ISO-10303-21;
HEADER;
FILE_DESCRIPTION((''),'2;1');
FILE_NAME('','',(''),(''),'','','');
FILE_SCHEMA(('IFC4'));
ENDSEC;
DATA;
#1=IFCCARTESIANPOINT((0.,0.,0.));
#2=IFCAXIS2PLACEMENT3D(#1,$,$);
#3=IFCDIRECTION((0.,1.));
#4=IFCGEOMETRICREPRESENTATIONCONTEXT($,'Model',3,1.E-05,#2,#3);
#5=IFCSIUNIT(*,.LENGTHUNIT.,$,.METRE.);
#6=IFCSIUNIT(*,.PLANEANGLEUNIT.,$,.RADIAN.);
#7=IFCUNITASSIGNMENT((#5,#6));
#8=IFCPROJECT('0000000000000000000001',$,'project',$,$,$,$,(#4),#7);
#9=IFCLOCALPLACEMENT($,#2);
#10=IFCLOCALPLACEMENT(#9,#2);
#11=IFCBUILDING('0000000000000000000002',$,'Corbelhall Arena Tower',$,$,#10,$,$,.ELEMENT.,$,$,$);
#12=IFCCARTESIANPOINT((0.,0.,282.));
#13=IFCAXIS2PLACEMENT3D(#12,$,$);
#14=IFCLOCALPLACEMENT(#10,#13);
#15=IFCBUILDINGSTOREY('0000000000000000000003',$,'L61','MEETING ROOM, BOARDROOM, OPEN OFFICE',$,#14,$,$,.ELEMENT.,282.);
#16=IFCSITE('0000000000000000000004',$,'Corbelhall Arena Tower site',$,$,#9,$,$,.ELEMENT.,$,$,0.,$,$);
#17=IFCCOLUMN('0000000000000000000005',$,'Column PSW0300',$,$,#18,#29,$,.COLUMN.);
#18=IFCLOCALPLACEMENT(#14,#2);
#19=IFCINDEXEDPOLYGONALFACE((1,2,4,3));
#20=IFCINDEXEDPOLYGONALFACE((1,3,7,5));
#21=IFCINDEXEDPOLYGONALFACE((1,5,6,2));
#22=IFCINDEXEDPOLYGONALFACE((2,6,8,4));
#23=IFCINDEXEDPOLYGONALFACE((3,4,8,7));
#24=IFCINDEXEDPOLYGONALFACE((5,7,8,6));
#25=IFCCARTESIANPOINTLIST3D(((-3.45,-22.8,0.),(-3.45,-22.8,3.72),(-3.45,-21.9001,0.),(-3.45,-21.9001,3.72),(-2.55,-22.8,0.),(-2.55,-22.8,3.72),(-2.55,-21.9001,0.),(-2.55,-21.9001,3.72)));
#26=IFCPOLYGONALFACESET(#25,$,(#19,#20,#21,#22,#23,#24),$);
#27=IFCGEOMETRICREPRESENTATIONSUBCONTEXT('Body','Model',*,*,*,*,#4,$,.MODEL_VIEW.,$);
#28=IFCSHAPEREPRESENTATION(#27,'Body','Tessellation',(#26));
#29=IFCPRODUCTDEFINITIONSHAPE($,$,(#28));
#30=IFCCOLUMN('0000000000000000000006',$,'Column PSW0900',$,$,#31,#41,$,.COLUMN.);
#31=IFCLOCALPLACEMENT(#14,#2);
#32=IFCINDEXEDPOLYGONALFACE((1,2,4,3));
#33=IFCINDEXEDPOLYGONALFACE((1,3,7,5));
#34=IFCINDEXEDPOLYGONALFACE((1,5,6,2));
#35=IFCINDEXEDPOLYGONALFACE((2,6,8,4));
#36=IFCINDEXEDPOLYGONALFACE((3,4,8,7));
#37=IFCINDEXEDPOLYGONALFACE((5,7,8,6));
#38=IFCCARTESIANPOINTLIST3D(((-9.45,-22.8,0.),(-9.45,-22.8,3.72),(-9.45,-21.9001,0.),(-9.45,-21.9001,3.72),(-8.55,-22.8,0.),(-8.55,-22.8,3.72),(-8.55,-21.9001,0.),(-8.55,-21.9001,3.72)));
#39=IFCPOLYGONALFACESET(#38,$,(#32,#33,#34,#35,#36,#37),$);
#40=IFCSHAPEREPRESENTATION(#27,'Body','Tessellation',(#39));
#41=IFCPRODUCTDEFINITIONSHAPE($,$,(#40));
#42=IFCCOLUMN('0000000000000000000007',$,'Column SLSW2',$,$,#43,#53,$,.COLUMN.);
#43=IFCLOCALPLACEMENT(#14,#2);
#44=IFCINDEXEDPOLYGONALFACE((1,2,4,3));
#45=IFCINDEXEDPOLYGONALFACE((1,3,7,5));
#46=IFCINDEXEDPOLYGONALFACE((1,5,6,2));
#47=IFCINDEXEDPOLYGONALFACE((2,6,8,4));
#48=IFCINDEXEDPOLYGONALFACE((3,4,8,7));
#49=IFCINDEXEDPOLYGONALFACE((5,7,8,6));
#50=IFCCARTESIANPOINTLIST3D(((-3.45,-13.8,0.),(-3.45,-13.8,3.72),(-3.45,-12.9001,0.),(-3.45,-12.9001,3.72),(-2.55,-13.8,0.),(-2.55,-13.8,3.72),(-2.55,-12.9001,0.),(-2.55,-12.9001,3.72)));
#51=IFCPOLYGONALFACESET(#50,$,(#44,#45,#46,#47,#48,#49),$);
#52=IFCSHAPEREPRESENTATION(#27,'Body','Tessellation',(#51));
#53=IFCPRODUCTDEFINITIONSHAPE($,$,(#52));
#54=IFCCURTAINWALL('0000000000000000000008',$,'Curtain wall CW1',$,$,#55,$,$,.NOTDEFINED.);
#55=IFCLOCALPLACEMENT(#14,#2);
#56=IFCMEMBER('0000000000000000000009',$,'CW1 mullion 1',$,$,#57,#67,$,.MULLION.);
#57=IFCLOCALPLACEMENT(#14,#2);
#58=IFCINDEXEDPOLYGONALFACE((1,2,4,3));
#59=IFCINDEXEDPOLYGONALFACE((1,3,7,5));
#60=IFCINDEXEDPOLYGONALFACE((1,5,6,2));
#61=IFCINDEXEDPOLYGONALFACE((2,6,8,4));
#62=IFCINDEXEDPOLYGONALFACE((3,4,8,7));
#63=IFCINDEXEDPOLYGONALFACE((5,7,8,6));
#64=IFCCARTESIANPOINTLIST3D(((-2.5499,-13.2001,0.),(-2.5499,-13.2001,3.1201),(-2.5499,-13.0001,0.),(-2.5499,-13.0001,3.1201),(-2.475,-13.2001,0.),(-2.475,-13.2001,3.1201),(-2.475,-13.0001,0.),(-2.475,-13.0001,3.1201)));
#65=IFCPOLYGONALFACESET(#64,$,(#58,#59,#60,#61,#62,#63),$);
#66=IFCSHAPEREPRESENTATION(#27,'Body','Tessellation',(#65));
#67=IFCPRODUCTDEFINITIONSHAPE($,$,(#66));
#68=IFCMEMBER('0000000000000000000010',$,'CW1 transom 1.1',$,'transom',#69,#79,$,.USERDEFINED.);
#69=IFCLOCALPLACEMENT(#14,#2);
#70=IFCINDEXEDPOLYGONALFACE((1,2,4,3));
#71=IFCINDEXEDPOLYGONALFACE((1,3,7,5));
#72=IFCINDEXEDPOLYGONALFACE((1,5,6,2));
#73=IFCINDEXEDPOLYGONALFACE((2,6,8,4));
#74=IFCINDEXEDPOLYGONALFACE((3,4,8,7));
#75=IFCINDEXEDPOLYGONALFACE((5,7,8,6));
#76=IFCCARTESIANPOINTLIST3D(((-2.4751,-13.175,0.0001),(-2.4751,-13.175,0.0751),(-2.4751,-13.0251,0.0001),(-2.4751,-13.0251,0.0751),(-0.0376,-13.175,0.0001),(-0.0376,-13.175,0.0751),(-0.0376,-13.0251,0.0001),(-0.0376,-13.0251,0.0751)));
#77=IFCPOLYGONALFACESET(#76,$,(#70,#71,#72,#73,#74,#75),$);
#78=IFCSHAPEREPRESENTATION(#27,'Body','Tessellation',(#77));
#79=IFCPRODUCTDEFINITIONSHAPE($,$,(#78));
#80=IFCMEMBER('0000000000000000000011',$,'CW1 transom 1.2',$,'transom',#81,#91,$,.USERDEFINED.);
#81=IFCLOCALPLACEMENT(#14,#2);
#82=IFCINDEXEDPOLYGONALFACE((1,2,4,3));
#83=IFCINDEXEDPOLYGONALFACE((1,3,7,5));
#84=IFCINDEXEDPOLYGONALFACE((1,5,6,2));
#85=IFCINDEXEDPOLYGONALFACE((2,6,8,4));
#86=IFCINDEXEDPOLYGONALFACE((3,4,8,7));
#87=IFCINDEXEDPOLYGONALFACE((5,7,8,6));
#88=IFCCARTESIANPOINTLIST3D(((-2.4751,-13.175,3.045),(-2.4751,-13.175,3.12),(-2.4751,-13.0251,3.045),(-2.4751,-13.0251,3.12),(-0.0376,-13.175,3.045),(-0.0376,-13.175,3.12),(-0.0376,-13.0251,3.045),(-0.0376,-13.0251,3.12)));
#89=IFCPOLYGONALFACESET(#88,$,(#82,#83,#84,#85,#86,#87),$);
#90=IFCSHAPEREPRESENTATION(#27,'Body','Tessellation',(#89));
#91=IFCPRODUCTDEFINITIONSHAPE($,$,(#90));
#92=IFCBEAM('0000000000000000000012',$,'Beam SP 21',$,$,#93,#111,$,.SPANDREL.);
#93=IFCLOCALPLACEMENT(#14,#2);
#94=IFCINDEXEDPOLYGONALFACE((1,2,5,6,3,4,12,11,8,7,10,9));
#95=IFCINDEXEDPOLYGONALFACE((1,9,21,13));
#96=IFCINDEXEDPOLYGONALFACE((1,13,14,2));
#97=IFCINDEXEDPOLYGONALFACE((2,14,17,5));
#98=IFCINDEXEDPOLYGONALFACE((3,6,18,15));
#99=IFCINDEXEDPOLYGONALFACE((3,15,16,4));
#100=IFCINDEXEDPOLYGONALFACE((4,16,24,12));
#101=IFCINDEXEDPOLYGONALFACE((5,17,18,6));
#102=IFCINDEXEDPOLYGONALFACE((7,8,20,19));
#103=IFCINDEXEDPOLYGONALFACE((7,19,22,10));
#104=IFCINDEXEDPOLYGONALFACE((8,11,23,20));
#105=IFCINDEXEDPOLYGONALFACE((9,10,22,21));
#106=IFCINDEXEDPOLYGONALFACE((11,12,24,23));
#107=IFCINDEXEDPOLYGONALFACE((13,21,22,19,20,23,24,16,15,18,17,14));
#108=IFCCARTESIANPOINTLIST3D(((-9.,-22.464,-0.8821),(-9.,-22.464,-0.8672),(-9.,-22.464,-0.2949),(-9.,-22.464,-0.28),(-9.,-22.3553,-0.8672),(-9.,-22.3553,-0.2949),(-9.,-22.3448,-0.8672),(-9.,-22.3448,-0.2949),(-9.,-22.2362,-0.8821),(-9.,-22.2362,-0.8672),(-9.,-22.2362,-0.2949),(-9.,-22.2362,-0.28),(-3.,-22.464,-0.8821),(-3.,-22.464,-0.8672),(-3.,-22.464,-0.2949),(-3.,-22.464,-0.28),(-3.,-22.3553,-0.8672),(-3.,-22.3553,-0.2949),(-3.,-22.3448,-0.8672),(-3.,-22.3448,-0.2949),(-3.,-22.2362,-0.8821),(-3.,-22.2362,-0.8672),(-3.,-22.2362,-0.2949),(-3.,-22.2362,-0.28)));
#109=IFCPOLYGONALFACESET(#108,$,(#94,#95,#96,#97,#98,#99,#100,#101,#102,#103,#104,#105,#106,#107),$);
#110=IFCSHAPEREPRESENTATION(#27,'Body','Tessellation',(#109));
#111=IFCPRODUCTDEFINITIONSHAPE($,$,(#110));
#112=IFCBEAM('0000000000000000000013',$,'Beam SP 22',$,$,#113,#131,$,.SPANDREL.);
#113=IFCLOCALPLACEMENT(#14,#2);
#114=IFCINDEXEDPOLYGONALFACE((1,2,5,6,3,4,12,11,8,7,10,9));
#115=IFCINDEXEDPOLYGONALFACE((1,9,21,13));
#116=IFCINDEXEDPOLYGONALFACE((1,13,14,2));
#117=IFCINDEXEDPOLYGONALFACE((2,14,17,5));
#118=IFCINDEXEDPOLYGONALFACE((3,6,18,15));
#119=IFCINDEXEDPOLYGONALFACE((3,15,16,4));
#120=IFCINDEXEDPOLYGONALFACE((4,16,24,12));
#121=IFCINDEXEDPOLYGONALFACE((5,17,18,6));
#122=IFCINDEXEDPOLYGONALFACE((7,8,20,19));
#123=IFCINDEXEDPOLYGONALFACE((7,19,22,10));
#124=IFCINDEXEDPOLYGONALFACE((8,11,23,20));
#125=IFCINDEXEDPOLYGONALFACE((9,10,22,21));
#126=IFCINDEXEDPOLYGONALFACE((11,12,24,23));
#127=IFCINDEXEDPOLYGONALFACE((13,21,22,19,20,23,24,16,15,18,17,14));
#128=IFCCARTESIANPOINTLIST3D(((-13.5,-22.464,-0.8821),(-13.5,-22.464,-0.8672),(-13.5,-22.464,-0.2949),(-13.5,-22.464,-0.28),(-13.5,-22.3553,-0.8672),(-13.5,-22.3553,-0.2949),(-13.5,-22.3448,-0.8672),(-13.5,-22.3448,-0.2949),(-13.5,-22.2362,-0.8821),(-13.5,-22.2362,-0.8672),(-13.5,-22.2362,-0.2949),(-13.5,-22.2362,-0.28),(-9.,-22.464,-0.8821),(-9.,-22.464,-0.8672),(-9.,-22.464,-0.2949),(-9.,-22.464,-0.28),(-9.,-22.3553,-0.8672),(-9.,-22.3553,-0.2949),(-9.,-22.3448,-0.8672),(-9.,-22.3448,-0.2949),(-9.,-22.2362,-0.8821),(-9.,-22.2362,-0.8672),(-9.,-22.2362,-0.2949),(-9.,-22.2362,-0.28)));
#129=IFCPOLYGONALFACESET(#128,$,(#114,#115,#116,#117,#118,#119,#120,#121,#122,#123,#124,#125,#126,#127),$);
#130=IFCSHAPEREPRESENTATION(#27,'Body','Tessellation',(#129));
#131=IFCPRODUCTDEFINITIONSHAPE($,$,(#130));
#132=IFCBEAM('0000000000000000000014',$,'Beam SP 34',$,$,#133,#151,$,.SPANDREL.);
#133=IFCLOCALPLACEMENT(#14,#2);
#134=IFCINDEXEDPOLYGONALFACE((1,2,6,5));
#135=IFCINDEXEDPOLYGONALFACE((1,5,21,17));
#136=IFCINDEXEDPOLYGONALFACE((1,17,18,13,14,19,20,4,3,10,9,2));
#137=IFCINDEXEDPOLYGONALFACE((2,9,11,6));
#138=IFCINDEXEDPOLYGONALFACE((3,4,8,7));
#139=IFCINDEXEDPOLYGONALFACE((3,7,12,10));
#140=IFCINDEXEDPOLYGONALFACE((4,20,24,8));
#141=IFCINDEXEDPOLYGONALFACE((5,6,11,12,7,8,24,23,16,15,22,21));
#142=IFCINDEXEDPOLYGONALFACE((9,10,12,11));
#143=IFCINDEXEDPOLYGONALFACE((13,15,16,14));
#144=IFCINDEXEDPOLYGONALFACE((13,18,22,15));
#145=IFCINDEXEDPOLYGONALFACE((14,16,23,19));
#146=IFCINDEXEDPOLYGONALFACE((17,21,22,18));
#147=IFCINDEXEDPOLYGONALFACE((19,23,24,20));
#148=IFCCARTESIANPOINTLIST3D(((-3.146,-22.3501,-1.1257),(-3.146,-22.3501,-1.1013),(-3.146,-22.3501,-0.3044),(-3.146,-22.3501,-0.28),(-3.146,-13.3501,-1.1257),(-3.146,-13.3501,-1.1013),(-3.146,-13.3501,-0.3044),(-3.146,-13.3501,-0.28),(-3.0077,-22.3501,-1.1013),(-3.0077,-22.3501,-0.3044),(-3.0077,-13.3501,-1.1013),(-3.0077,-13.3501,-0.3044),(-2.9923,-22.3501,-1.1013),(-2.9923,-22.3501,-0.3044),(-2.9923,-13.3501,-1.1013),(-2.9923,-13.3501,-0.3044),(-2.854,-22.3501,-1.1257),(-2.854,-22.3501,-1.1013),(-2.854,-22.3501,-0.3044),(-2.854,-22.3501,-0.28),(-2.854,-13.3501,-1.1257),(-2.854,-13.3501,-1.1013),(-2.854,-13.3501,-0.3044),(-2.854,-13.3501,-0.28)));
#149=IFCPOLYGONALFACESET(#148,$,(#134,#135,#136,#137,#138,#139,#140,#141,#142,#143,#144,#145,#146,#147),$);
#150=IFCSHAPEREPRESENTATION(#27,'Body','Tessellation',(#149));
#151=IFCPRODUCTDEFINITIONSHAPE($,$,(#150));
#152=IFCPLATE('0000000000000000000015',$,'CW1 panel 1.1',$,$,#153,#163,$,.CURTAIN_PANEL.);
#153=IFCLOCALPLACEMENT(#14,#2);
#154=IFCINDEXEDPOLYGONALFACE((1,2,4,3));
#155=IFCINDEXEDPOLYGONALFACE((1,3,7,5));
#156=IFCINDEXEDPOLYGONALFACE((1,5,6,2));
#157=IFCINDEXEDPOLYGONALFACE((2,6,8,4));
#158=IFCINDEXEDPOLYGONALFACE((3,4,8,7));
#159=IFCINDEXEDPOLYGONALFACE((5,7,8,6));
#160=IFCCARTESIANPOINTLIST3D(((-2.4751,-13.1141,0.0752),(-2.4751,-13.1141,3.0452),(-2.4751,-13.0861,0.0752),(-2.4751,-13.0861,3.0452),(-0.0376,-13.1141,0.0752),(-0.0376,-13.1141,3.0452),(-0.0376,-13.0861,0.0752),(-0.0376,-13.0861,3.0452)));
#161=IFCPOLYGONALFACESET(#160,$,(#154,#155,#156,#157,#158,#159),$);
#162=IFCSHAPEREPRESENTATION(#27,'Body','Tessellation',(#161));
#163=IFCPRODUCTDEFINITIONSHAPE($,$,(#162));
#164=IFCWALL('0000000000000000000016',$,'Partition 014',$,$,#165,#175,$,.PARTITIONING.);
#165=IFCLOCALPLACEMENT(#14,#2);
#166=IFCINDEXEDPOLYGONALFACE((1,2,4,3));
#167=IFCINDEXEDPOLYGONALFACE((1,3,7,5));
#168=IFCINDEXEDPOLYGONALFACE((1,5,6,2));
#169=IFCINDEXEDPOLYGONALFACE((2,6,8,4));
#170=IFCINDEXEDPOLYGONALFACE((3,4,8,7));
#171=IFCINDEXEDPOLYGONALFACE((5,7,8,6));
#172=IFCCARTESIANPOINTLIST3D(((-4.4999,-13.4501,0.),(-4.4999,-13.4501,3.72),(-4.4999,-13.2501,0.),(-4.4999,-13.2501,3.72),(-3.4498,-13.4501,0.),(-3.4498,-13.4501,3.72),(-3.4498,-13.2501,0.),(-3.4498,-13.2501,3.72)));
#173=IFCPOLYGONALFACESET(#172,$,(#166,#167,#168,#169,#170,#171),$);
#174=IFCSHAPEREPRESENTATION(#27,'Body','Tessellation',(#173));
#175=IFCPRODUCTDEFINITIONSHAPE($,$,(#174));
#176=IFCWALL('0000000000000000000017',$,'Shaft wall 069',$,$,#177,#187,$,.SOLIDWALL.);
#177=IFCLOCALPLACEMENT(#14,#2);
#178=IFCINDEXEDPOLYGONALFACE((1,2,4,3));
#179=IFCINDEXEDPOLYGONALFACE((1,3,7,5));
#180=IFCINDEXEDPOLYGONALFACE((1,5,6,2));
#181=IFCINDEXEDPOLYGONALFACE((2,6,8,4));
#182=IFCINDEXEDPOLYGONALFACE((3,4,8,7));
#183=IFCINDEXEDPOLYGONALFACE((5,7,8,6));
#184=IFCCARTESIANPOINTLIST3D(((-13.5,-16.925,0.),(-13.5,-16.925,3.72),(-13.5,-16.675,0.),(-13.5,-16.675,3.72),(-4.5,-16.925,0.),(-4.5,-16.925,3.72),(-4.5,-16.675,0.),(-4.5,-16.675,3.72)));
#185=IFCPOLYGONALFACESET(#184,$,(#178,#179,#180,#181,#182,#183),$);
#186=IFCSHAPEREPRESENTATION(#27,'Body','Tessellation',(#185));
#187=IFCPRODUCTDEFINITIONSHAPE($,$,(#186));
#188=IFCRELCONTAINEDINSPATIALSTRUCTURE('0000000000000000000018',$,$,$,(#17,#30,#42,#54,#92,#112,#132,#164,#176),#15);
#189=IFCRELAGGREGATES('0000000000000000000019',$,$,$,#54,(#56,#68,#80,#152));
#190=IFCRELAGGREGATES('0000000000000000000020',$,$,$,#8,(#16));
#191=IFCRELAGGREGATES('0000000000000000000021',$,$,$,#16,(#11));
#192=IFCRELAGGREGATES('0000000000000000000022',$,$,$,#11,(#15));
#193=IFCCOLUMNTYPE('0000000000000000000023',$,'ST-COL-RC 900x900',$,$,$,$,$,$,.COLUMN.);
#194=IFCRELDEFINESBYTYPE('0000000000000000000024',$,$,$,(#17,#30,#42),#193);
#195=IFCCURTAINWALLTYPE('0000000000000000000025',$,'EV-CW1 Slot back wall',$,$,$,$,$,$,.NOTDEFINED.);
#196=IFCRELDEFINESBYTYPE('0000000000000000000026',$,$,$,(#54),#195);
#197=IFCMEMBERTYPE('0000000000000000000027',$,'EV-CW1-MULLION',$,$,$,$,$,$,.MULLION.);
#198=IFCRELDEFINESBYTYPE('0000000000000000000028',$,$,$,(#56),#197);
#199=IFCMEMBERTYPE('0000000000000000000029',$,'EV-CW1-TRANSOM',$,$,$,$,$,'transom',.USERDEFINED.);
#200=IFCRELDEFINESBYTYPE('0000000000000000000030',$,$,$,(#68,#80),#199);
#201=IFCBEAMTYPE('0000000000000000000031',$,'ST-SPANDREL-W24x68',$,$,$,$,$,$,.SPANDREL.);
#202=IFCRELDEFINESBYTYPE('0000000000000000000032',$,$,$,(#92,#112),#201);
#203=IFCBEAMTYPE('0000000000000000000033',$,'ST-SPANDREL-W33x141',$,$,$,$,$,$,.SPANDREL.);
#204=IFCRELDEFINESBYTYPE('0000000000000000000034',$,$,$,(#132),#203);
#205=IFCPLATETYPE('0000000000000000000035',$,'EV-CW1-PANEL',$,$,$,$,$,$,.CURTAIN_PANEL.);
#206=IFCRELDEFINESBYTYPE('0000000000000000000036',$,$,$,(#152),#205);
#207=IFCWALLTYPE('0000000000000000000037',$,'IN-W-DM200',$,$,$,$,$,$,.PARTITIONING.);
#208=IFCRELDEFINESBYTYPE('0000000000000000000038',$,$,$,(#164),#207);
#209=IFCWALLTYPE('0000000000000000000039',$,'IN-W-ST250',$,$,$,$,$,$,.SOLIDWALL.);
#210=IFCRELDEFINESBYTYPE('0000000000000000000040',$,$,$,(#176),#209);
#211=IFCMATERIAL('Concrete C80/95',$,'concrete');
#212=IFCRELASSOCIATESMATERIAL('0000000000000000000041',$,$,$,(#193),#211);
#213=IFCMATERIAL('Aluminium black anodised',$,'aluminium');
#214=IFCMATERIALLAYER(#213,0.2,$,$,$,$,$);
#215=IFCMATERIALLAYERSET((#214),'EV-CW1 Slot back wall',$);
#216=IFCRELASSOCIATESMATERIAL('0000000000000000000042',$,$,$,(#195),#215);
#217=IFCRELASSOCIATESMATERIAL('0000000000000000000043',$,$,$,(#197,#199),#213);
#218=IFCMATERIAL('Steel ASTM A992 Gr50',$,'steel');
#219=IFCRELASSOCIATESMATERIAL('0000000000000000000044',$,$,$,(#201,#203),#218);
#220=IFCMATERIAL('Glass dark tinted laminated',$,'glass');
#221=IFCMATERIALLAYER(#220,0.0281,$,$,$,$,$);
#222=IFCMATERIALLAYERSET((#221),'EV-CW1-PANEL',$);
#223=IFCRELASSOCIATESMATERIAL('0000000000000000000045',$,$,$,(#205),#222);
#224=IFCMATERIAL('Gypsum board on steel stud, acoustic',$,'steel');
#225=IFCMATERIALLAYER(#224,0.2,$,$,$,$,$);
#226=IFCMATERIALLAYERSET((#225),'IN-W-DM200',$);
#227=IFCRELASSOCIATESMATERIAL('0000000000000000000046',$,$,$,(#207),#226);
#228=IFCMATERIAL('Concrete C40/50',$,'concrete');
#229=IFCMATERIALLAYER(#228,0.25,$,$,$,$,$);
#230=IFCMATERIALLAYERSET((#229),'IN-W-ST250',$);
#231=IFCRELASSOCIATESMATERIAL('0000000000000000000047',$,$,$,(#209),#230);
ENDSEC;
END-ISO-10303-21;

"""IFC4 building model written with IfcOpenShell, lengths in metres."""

from ifc_helpers import new_model, si_unit, direction, frame, frame_2d, origin, origin_2d, place, context, subcontext, project, spatial, rectangle, i_section, extrude, material, layer, layer_set, material_profile, profile_set, type_object, element, aggregate, save


model = new_model("IFC4")

# Units and contexts
model_context = context("Model", 3, precision=1e-05, world=origin(), true_north=direction((0.0, 1.0)))
body_context = subcontext(model_context, "Body", "Model", "MODEL_VIEW")
ifc_project = project(units=[si_unit("LENGTHUNIT", "METRE"), si_unit("PLANEANGLEUNIT", "RADIAN")], contexts=[model_context])

# Site, building, storey
site_placement = place(None, origin())
site = spatial("IfcSite", under=ifc_project, at=site_placement, Name="Corbelhall Arena Tower site", CompositionType="ELEMENT", RefElevation=0.0)
building_placement = place(site_placement, origin())
building = spatial("IfcBuilding", under=site, at=building_placement, Name="Corbelhall Arena Tower", CompositionType="ELEMENT")
storey_placement = place(building_placement, frame((0.0, 0.0, 282.0)))
storey = spatial("IfcBuildingStorey", under=building, at=storey_placement, Name="L61", Description="MEETING ROOM, BOARDROOM, OPEN OFFICE", CompositionType="ELEMENT", Elevation=282.0)

# Columns
ifc_material_1 = material(Name="Concrete C80/95", Category="concrete")
ifc_material_profile_1 = material_profile(ifc_material_1, rectangle(XDim=0.8999, YDim=0.8999, at=origin_2d()))
ifc_profile_set_1 = profile_set([ifc_material_profile_1], Name="Concrete C80/95")
column_type = type_object("IfcColumnType", Name="ST-COL-RC 900x900", PredefinedType="COLUMN", material=ifc_profile_set_1)
for number, where, z_axis, x_axis, name in (
    (1, (-3.0, -22.3501, 0.0), (0.0, 0.0, 1.0), (1.0, 0.0, 0.0), "Column PSW0300"),
    (2, (-9.0, -22.3501, 0.0), (0.0, 0.0, 1.0), (1.0, 0.0, 0.0), "Column PSW0900"),
    (3, (-3.0, -13.3501, 0.0), (0.0, 0.0, 1.0), (1.0, 0.0, 0.0), "Column SLSW2"),
):
    element("IfcColumn", number, at=place(storey_placement, frame(where, z_axis=z_axis, x_axis=x_axis)), inside=storey, type_object=column_type, Name=name, PredefinedType="COLUMN", context=body_context, shape_type="SweptSolid", body=[
        extrude(rectangle(XDim=0.8999, YDim=0.8999, at=origin_2d()), origin(), (0.0, 0.0, 1.0), 3.72),
    ])

# Curtain wall, members
ifc_material_2 = material(Name="Aluminium black anodised", Category="aluminium")
ifc_layer_1 = layer(ifc_material_2, 0.2)
ifc_layer_set_1 = layer_set([ifc_layer_1], Name="EV-CW1 Slot back wall")
curtain_wall_type = type_object("IfcCurtainWallType", Name="EV-CW1 Slot back wall", PredefinedType="NOTDEFINED", material=ifc_layer_set_1)
curtain_wall_placement = place(storey_placement, origin())
curtain_wall = element("IfcCurtainWall", 4, at=curtain_wall_placement, inside=storey, type_object=curtain_wall_type, Name="Curtain wall CW1", PredefinedType="NOTDEFINED")
ifc_material_profile_2 = material_profile(ifc_material_2, rectangle(XDim=0.2, YDim=0.075, at=origin_2d()))
ifc_profile_set_2 = profile_set([ifc_material_profile_2], Name="Aluminium black anodised")
member_type_1 = type_object("IfcMemberType", Name="EV-CW1-MULLION", PredefinedType="MULLION", material=ifc_profile_set_2)
member_1_placement = place(storey_placement, frame((-2.5125, -13.1001, 0.0), z_axis=(0.0, 0.0, 1.0), x_axis=(0.0, 1.0, 0.0)))
member_1 = element("IfcMember", 5, at=member_1_placement, type_object=member_type_1, Name="CW1 mullion 1", PredefinedType="MULLION", context=body_context, shape_type="SweptSolid", body=[
    extrude(rectangle(XDim=0.2, YDim=0.075, at=origin_2d()), origin(), (0.0, 0.0, 1.0), 3.1201),
])
ifc_material_profile_3 = material_profile(ifc_material_2, rectangle(XDim=0.1499, YDim=0.075, at=origin_2d()))
ifc_profile_set_3 = profile_set([ifc_material_profile_3], Name="Aluminium black anodised")
member_type_2 = type_object("IfcMemberType", Name="EV-CW1-TRANSOM", ElementType="transom", PredefinedType="USERDEFINED", material=ifc_profile_set_3)
member_2_placement = place(storey_placement, frame((-2.4751, -13.1001, 0.0376), z_axis=(1.0, 0.0, 0.0), x_axis=(0.0, 1.0, 0.0)))
member_2 = element("IfcMember", 6, at=member_2_placement, type_object=member_type_2, Name="CW1 transom 1.1", ObjectType="transom", PredefinedType="USERDEFINED", context=body_context, shape_type="SweptSolid", body=[
    extrude(rectangle(XDim=0.1499, YDim=0.075, at=origin_2d()), origin(), (0.0, 0.0, 1.0), 2.4375),
])
member_3_placement = place(storey_placement, frame((-2.4751, -13.1001, 3.0825), z_axis=(1.0, 0.0, 0.0), x_axis=(0.0, 1.0, 0.0)))
member_3 = element("IfcMember", 7, at=member_3_placement, type_object=member_type_2, Name="CW1 transom 1.2", ObjectType="transom", PredefinedType="USERDEFINED", context=body_context, shape_type="SweptSolid", body=[
    extrude(rectangle(XDim=0.1499, YDim=0.075, at=origin_2d()), origin(), (0.0, 0.0, 1.0), 2.4375),
])

# Beams
ifc_material_3 = material(Name="Steel ASTM A992 Gr50", Category="steel")
ifc_material_profile_4 = material_profile(ifc_material_3, i_section(OverallWidth=0.2278, OverallDepth=0.6021, WebThickness=0.0105, FlangeThickness=0.0149, at=origin_2d()))
ifc_profile_set_4 = profile_set([ifc_material_profile_4], Name="Steel ASTM A992 Gr50")
beam_type_1 = type_object("IfcBeamType", Name="ST-SPANDREL-W24x68", PredefinedType="SPANDREL", material=ifc_profile_set_4)
beam_1_placement = place(storey_placement, frame((-3.0, -22.3501, -0.5811), z_axis=(-1.0, 0.0, 0.0), x_axis=(0.0, -1.0, 0.0)))
element("IfcBeam", 8, at=beam_1_placement, inside=storey, type_object=beam_type_1, Name="Beam SP 21", PredefinedType="SPANDREL", context=body_context, shape_type="SweptSolid", body=[
    extrude(i_section(OverallWidth=0.2278, OverallDepth=0.6021, WebThickness=0.0105, FlangeThickness=0.0149, at=origin_2d()), origin(), (0.0, 0.0, 1.0), 6.0),
])
beam_2_placement = place(storey_placement, frame((-9.0, -22.3501, -0.5811), z_axis=(-1.0, 0.0, 0.0), x_axis=(0.0, -1.0, 0.0)))
element("IfcBeam", 9, at=beam_2_placement, inside=storey, type_object=beam_type_1, Name="Beam SP 22", PredefinedType="SPANDREL", context=body_context, shape_type="SweptSolid", body=[
    extrude(i_section(OverallWidth=0.2278, OverallDepth=0.6021, WebThickness=0.0105, FlangeThickness=0.0149, at=origin_2d()), origin(), (0.0, 0.0, 1.0), 4.5),
])
ifc_material_profile_5 = material_profile(ifc_material_3, i_section(OverallWidth=0.292, OverallDepth=0.8457, WebThickness=0.0154, FlangeThickness=0.0244, at=origin_2d()))
ifc_profile_set_5 = profile_set([ifc_material_profile_5], Name="Steel ASTM A992 Gr50")
beam_type_2 = type_object("IfcBeamType", Name="ST-SPANDREL-W33x141", PredefinedType="SPANDREL", material=ifc_profile_set_5)
beam_3_placement = place(storey_placement, frame((-3.0, -13.3501, -0.7029), z_axis=(0.0, -1.0, 0.0), x_axis=(1.0, 0.0, 0.0)))
element("IfcBeam", 10, at=beam_3_placement, inside=storey, type_object=beam_type_2, Name="Beam SP 34", PredefinedType="SPANDREL", context=body_context, shape_type="SweptSolid", body=[
    extrude(i_section(OverallWidth=0.292, OverallDepth=0.8457, WebThickness=0.0154, FlangeThickness=0.0244, at=origin_2d()), origin(), (0.0, 0.0, 1.0), 9.0),
])

# Plate
ifc_material_4 = material(Name="Glass dark tinted laminated", Category="glass")
ifc_layer_2 = layer(ifc_material_4, 0.0281)
ifc_layer_set_2 = layer_set([ifc_layer_2], Name="EV-CW1-PANEL")
plate_type = type_object("IfcPlateType", Name="EV-CW1-PANEL", PredefinedType="CURTAIN_PANEL", material=ifc_layer_set_2)
plate_placement = place(storey_placement, frame((-1.2563, -13.1001, 0.0752), z_axis=(0.0, 0.0, 1.0), x_axis=(1.0, 0.0, 0.0)))
plate = element("IfcPlate", 11, at=plate_placement, type_object=plate_type, Name="CW1 panel 1.1", PredefinedType="CURTAIN_PANEL", context=body_context, shape_type="SweptSolid", body=[
    extrude(rectangle(XDim=2.4375, YDim=0.0281, at=origin_2d()), origin(), (0.0, 0.0, 1.0), 2.97),
])
aggregate(curtain_wall, [member_1, member_2, member_3, plate])

# Shared definitions
ifc_material_5 = material(Name="Gypsum board on steel stud, acoustic", Category="steel")
ifc_layer_3 = layer(ifc_material_5, 0.2)
ifc_layer_set_3 = layer_set([ifc_layer_3], Name="IN-W-DM200")
wall_type_1 = type_object("IfcWallType", Name="IN-W-DM200", PredefinedType="PARTITIONING", material=ifc_layer_set_3)

# Walls
wall_1_placement = place(storey_placement, frame((-3.45, -13.3501, 0.0), z_axis=(0.0, 0.0, 1.0), x_axis=(-1.0, 0.0, 0.0)))
element("IfcWall", 12, at=wall_1_placement, inside=storey, type_object=wall_type_1, Name="Partition 014", PredefinedType="PARTITIONING", context=body_context, shape_type="SweptSolid", body=[
    extrude(rectangle(XDim=1.05, YDim=0.2, at=frame_2d((0.5249, 0.0))), origin(), (0.0, 0.0, 1.0), 3.72),
])
ifc_material_6 = material(Name="Concrete C40/50", Category="concrete")
ifc_layer_4 = layer(ifc_material_6, 0.25)
ifc_layer_set_4 = layer_set([ifc_layer_4], Name="IN-W-ST250")
wall_type_2 = type_object("IfcWallType", Name="IN-W-ST250", PredefinedType="SOLIDWALL", material=ifc_layer_set_4)
wall_2_placement = place(storey_placement, frame((-4.5, -16.8, 0.0), z_axis=(0.0, 0.0, 1.0), x_axis=(-1.0, 0.0, 0.0)))
element("IfcWall", 13, at=wall_2_placement, inside=storey, type_object=wall_type_2, Name="Shaft wall 069", PredefinedType="SOLIDWALL", context=body_context, shape_type="SweptSolid", body=[
    extrude(rectangle(XDim=9.0, YDim=0.25, at=frame_2d((4.5, 0.0))), origin(), (0.0, 0.0, 1.0), 3.72),
])

save(model, "model.ifc")
